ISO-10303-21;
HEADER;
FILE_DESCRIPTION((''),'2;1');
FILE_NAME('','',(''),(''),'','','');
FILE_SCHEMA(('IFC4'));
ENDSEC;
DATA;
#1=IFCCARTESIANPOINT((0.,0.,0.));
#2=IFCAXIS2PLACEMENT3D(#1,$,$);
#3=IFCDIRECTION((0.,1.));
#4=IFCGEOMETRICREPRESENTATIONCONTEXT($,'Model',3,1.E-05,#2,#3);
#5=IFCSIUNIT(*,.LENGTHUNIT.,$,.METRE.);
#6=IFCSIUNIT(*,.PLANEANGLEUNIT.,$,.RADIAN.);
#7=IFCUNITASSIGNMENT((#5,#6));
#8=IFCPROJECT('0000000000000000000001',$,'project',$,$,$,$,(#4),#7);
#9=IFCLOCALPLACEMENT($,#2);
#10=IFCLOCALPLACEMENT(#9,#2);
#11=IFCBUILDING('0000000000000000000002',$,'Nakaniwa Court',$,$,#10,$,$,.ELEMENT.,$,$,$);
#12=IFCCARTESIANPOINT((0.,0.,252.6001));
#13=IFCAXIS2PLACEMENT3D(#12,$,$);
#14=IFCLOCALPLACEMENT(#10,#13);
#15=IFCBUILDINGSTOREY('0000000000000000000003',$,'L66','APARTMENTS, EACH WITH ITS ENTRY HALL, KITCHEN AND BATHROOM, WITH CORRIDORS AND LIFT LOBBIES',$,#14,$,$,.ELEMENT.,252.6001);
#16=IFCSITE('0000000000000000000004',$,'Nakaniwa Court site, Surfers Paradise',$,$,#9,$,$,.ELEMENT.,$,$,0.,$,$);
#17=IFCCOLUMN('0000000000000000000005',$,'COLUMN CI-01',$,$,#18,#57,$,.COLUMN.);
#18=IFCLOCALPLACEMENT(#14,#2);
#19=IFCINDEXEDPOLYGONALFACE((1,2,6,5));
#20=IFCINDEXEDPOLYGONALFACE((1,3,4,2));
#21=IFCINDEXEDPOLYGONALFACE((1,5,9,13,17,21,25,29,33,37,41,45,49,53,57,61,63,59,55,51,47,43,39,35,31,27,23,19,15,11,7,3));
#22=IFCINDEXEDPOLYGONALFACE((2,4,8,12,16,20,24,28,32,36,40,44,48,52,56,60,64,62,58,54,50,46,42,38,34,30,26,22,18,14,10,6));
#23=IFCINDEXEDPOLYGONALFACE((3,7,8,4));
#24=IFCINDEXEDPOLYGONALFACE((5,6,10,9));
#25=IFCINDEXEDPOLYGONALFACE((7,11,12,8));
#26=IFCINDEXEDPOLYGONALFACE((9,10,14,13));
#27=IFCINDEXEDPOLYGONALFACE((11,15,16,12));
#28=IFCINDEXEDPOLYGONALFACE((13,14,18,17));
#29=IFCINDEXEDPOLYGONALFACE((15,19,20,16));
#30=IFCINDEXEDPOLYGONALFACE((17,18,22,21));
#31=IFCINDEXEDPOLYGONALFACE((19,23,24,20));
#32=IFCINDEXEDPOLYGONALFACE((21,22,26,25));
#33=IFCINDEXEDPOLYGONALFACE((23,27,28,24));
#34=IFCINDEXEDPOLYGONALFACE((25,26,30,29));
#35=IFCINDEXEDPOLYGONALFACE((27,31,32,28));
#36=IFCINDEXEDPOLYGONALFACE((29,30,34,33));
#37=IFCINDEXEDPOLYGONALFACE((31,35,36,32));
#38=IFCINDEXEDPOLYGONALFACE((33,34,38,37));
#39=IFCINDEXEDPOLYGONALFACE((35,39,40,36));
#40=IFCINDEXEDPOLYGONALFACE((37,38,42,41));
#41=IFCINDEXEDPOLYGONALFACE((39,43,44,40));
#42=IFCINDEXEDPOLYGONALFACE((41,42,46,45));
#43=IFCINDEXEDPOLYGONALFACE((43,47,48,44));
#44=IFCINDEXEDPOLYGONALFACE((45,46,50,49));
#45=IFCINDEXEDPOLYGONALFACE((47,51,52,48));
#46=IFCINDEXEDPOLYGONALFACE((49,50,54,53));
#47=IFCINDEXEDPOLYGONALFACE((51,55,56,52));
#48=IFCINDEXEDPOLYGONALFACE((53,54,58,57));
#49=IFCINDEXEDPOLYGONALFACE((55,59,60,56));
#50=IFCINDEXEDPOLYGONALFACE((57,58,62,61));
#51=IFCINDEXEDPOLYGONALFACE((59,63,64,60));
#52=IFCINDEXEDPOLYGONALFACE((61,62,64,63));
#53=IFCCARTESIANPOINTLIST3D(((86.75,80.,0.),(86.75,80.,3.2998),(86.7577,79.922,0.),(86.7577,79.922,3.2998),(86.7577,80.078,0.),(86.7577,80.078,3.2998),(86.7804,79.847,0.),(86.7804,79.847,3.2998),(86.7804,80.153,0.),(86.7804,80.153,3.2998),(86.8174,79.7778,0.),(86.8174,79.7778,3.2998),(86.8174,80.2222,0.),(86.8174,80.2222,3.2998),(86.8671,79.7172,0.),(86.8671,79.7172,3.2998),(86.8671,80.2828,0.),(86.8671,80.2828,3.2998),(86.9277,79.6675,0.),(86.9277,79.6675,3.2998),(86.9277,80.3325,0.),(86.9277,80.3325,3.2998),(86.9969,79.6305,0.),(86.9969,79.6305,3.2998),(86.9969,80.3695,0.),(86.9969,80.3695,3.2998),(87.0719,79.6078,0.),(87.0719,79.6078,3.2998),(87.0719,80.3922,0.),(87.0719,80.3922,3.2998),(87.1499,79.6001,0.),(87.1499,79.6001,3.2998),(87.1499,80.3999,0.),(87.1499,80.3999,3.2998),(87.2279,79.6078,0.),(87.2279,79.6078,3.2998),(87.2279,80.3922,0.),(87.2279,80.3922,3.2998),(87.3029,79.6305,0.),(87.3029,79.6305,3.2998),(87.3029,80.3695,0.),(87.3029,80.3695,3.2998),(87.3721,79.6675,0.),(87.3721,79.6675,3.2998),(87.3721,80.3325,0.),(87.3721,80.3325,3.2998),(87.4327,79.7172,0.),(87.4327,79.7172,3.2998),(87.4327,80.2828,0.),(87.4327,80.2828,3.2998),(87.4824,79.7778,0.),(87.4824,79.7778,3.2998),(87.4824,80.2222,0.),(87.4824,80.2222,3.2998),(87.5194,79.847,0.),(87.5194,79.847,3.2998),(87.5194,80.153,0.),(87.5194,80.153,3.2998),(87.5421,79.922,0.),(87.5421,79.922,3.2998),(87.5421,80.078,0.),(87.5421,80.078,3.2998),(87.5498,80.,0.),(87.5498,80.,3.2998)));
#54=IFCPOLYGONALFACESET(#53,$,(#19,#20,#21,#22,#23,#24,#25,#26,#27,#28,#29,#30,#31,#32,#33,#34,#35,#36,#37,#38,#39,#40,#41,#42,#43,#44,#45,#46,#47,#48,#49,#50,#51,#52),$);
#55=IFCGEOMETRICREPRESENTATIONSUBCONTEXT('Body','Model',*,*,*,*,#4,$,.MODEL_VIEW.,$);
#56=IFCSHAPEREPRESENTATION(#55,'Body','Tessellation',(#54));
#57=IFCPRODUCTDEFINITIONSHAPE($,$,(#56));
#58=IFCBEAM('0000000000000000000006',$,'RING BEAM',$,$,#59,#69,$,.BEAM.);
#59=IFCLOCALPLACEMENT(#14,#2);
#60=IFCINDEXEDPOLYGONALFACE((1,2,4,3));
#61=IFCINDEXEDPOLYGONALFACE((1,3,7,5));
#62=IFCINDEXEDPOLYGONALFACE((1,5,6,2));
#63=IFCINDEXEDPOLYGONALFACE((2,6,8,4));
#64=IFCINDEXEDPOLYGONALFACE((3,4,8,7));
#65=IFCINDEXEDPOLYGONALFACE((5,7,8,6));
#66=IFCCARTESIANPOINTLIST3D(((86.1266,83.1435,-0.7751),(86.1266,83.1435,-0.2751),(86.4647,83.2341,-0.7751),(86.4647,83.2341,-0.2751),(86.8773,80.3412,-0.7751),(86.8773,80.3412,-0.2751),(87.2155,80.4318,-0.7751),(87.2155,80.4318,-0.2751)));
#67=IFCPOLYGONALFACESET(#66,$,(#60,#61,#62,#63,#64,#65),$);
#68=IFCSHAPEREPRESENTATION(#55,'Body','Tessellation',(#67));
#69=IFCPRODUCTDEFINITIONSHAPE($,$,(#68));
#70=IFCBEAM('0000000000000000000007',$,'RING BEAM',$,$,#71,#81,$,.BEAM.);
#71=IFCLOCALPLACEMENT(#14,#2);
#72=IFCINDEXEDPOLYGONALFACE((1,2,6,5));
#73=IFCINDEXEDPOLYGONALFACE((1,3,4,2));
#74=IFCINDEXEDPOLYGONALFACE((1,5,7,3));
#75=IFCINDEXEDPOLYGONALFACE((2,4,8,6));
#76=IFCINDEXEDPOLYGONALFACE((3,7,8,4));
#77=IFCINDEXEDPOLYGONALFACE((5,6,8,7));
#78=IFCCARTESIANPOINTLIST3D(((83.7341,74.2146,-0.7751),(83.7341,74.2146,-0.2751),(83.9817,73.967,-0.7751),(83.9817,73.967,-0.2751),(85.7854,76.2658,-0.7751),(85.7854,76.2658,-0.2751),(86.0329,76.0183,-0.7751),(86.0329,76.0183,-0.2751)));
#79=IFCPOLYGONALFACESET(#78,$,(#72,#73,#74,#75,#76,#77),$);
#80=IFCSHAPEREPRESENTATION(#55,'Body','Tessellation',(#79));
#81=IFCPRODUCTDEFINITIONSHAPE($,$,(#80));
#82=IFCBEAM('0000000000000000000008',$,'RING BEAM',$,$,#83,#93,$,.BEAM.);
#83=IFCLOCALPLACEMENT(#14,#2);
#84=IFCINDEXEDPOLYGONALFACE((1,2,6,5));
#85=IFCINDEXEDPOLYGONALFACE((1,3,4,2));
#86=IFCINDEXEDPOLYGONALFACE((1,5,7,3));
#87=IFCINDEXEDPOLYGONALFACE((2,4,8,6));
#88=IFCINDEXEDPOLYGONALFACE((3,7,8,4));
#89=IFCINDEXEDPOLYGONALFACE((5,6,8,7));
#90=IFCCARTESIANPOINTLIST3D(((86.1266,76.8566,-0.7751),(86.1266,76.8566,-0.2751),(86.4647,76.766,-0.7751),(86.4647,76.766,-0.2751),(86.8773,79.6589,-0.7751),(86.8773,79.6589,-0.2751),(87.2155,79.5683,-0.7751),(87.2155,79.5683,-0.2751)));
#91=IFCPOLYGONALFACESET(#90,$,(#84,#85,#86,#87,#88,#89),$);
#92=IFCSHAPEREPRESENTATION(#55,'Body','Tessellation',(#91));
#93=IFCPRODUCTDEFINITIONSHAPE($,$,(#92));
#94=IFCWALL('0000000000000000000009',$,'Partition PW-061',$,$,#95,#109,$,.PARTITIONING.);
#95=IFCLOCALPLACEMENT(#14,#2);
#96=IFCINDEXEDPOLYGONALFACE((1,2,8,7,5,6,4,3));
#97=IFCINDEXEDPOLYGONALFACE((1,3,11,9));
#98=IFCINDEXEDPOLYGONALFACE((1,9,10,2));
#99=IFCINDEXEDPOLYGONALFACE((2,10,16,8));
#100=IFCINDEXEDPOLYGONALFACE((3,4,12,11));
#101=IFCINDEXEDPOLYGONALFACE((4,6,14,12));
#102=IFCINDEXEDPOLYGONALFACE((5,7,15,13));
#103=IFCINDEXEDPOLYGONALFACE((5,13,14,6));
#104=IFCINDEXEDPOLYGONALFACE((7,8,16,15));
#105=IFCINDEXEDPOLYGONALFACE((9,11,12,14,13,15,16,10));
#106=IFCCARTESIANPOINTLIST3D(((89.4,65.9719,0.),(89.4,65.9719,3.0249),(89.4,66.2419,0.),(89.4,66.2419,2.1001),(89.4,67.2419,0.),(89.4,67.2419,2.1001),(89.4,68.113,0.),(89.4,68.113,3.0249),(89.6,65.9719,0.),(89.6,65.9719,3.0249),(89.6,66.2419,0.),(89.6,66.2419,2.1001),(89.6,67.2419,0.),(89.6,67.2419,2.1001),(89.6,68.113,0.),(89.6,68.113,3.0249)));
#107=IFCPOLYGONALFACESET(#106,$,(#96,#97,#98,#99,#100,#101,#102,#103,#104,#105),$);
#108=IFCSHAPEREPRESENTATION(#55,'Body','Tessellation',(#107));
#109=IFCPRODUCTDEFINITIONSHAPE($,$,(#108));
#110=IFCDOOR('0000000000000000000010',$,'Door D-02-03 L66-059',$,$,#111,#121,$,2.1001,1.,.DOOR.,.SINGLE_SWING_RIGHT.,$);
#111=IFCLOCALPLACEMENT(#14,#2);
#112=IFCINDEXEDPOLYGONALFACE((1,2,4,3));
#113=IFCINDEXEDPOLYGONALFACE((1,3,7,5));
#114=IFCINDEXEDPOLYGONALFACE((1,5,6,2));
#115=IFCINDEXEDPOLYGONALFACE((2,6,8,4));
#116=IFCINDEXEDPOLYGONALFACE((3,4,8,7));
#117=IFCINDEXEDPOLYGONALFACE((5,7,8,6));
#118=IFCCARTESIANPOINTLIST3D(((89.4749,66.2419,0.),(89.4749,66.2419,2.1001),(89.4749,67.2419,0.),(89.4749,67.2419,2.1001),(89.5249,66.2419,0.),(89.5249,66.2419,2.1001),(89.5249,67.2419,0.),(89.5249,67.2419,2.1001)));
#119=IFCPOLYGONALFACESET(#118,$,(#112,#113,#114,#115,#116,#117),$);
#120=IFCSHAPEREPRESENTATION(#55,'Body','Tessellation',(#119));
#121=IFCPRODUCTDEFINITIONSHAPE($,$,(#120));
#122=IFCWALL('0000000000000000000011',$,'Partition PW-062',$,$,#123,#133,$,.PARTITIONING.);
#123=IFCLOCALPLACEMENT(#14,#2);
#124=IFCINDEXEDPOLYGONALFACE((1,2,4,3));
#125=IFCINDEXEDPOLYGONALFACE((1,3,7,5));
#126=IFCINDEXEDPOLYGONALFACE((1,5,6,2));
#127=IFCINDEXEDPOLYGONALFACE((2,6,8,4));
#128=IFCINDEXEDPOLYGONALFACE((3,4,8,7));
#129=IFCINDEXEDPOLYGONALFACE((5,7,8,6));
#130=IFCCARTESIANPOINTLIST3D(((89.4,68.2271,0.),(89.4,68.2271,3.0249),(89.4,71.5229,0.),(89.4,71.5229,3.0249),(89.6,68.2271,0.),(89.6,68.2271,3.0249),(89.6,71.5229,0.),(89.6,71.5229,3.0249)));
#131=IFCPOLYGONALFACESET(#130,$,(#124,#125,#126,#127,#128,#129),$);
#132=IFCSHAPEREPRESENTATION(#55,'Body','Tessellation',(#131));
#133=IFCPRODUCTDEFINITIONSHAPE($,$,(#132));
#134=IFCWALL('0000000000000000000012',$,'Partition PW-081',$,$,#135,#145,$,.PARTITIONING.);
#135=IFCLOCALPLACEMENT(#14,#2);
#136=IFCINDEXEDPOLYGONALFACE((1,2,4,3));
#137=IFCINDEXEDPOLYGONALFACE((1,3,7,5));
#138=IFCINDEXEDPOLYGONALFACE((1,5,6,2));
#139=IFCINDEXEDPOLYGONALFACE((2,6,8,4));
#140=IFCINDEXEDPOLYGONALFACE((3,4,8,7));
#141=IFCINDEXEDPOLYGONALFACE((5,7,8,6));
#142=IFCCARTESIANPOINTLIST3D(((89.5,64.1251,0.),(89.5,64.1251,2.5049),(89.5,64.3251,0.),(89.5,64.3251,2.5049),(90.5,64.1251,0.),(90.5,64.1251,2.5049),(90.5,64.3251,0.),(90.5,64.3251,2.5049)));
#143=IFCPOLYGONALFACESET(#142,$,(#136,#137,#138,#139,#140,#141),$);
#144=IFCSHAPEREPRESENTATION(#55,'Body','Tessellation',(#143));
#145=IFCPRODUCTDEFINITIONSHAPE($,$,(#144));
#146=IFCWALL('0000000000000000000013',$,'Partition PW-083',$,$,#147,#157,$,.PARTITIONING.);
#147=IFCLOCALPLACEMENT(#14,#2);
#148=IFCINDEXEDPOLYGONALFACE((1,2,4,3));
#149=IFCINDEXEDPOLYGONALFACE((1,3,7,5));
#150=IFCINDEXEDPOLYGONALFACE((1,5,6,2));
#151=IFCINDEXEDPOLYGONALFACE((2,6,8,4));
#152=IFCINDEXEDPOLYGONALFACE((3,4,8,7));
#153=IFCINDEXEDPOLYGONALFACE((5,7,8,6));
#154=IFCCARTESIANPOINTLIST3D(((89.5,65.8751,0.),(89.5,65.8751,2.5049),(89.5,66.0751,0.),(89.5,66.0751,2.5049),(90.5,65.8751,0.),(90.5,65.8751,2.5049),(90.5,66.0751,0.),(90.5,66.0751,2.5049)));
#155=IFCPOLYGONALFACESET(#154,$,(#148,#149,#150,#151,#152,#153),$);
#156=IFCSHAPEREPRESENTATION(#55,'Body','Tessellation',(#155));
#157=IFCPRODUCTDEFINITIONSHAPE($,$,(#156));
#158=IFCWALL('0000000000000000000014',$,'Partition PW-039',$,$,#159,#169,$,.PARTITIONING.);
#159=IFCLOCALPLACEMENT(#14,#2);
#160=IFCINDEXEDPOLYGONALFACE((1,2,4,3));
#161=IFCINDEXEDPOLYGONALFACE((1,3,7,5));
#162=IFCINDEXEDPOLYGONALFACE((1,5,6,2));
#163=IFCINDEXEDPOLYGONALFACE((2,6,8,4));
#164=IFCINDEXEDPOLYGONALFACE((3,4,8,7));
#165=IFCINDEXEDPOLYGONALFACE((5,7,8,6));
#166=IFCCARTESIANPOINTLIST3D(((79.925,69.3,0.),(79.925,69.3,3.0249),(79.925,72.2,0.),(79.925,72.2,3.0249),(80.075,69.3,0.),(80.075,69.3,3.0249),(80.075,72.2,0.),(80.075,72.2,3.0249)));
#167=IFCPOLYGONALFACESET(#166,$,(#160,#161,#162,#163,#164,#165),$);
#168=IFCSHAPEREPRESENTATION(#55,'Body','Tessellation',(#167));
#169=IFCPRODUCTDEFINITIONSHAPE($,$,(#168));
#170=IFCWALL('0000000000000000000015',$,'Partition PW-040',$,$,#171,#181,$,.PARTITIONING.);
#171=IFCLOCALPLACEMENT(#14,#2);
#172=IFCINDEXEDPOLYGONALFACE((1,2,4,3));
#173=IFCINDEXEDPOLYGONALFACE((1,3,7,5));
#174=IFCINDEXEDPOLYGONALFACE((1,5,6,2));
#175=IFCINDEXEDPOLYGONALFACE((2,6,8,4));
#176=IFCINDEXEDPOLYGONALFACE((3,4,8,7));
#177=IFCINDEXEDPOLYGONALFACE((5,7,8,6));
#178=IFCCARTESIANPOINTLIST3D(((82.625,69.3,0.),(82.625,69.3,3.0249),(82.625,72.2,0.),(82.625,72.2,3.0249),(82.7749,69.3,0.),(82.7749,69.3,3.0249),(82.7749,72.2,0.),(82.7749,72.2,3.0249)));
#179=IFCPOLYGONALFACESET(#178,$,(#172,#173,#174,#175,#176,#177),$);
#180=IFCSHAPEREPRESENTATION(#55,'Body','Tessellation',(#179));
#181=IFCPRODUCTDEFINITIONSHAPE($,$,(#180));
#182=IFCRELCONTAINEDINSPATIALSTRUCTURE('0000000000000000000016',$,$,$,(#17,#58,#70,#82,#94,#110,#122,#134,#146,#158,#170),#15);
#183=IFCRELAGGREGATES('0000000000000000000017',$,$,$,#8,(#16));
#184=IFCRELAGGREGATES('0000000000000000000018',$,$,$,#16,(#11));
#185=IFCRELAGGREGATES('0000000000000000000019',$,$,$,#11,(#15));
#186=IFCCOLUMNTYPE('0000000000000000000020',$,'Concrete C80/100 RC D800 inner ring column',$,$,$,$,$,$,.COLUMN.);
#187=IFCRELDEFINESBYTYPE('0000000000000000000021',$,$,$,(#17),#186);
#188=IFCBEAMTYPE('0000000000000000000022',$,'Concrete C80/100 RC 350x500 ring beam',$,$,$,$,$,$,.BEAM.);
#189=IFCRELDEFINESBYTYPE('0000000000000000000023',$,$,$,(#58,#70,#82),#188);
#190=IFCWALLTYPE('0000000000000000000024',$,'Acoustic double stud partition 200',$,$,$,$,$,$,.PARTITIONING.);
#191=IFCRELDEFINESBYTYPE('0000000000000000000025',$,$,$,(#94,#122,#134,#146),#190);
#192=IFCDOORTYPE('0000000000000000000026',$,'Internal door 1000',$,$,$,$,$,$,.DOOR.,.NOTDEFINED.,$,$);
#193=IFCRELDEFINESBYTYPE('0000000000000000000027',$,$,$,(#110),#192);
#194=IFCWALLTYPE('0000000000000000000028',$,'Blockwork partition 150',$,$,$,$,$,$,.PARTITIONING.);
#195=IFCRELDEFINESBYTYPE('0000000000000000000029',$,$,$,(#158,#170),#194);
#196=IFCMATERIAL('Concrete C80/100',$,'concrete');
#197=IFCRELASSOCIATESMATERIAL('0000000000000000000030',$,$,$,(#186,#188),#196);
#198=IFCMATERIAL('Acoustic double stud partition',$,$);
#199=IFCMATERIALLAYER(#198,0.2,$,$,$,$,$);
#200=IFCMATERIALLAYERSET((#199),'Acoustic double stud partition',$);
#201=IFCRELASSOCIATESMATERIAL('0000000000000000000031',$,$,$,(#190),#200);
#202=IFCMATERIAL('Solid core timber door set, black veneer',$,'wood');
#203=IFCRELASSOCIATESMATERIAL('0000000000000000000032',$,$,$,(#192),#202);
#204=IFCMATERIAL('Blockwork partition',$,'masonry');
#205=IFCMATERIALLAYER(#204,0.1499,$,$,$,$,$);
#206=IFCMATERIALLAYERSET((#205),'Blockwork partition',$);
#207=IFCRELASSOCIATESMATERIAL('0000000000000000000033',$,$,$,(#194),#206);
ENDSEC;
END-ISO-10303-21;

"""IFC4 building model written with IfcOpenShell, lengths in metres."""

from ifc_helpers import new_model, si_unit, direction, frame, frame_2d, origin, origin_2d, place, context, subcontext, project, spatial, rectangle, circle, extrude, material, layer, layer_set, material_profile, profile_set, type_object, element, fill, save


model = new_model("IFC4")

# Units and contexts
model_context = context("Model", 3, precision=1e-05, world=origin(), true_north=direction((0.0, 1.0)))
body_context = subcontext(model_context, "Body", "Model", "MODEL_VIEW")
ifc_project = project(units=[si_unit("LENGTHUNIT", "METRE"), si_unit("PLANEANGLEUNIT", "RADIAN")], contexts=[model_context])

# Site, building, storey
site_placement = place(None, origin())
site = spatial("IfcSite", under=ifc_project, at=site_placement, Name="Nakaniwa Court site, Surfers Paradise", CompositionType="ELEMENT", RefElevation=0.0)
building_placement = place(site_placement, origin())
building = spatial("IfcBuilding", under=site, at=building_placement, Name="Nakaniwa Court", CompositionType="ELEMENT")
storey_placement = place(building_placement, frame((0.0, 0.0, 252.6001)))
storey = spatial("IfcBuildingStorey", under=building, at=storey_placement, Name="L66", Description="APARTMENTS, EACH WITH ITS ENTRY HALL, KITCHEN AND BATHROOM, WITH CORRIDORS AND LIFT LOBBIES", CompositionType="ELEMENT", Elevation=252.6001)

# Column
ifc_material_1 = material(Name="Concrete C80/100", Category="concrete")
ifc_material_profile_1 = material_profile(ifc_material_1, circle(Radius=0.3999, at=origin_2d()), Name="Concrete C80/100 RC D800 inner ring column")
ifc_profile_set_1 = profile_set([ifc_material_profile_1], Name="Concrete C80/100")
column_type = type_object("IfcColumnType", Name="Concrete C80/100 RC D800 inner ring column", PredefinedType="COLUMN", material=ifc_profile_set_1)
for number, where, z_axis, x_axis, name in (
    (1, (87.1499, 80.0, 0.0), (0.0, 0.0, 1.0), (0.0, 1.0, 0.0), "COLUMN CI-01"),
):
    element("IfcColumn", number, at=place(storey_placement, frame(where, z_axis=z_axis, x_axis=x_axis)), inside=storey, type_object=column_type, Name=name, PredefinedType="COLUMN", context=body_context, shape_type="SweptSolid", body=[
        extrude(circle(Radius=0.3999, at=origin_2d()), origin(), (0.0, 0.0, 1.0), 3.2998),
    ])

# Beams
ifc_material_profile_2 = material_profile(ifc_material_1, rectangle(XDim=0.3501, YDim=0.5, at=origin_2d()), Name="Concrete C80/100 RC 350x500 ring beam")
ifc_profile_set_2 = profile_set([ifc_material_profile_2], Name="Concrete C80/100")
beam_type = type_object("IfcBeamType", Name="Concrete C80/100 RC 350x500 ring beam", PredefinedType="BEAM", material=ifc_profile_set_2)
beam_1_placement = place(storey_placement, frame((87.0464, 80.3865, -0.5251), z_axis=(-0.258778, 0.965937, 0.0), x_axis=(-0.965937, -0.258778, 0.0)))
element("IfcBeam", 2, at=beam_1_placement, inside=storey, type_object=beam_type, Name="RING BEAM", PredefinedType="BEAM", context=body_context, shape_type="SweptSolid", body=[
    extrude(rectangle(XDim=0.3501, YDim=0.5, at=origin_2d()), origin(), (0.0, 0.0, 1.0), 2.9011),
])
beam_2_placement = place(storey_placement, frame((83.8579, 74.0908, -0.5251), z_axis=(0.707107, 0.707107, 0.0), x_axis=(-0.707107, 0.707107, 0.0)))
element("IfcBeam", 3, at=beam_2_placement, inside=storey, type_object=beam_type, Name="RING BEAM", PredefinedType="BEAM", context=body_context, shape_type="SweptSolid", body=[
    extrude(rectangle(XDim=0.3501, YDim=0.5, at=origin_2d()), origin(), (0.0, 0.0, 1.0), 2.9009),
])
beam_3_placement = place(storey_placement, frame((86.2957, 76.8113, -0.5251), z_axis=(0.258778, 0.965937, 0.0), x_axis=(-0.965937, 0.258778, 0.0)))
element("IfcBeam", 4, at=beam_3_placement, inside=storey, type_object=beam_type, Name="RING BEAM", PredefinedType="BEAM", context=body_context, shape_type="SweptSolid", body=[
    extrude(rectangle(XDim=0.3501, YDim=0.5, at=origin_2d()), origin(), (0.0, 0.0, 1.0), 2.9011),
])

# Wall, opening, door
ifc_material_2 = material(Name="Acoustic double stud partition")
ifc_layer_1 = layer(ifc_material_2, 0.2)
ifc_layer_set_1 = layer_set([ifc_layer_1], Name="Acoustic double stud partition")
wall_type_1 = type_object("IfcWallType", Name="Acoustic double stud partition 200", PredefinedType="PARTITIONING", material=ifc_layer_set_1)
wall_1_placement = place(storey_placement, frame((89.5, 68.113, 0.0), z_axis=(0.0, 0.0, 1.0), x_axis=(0.0, -1.0, 0.0)))
wall_1 = element("IfcWall", 5, at=wall_1_placement, inside=storey, type_object=wall_type_1, Name="Partition PW-061", PredefinedType="PARTITIONING", context=body_context, shape_type="SweptSolid", body=[
    extrude(rectangle(XDim=2.1411, YDim=0.2, at=frame_2d((1.0706, 0.0))), origin(), (0.0, 0.0, 1.0), 3.0249),
])
opening_1_placement = place(wall_1_placement, frame((0.8711, 0.0, 0.0)))
opening_1 = element("IfcOpeningElement", 6, at=opening_1_placement, cuts=wall_1, PredefinedType="OPENING", context=body_context, shape_type="SweptSolid", body=[
    extrude(rectangle(XDim=1.0, YDim=2.1001, at=frame_2d((0.5, 1.05))), frame((0.0, 0.1099, 0.0), z_axis=(0.0, -1.0, 0.0), x_axis=(1.0, 0.0, 0.0)), (0.0, 0.0, 1.0), 0.22),
])
ifc_material_3 = material(Name="Solid core timber door set, black veneer", Category="wood")
door_type_1 = type_object("IfcDoorType", Name="Internal door 1000", OperationType="NOTDEFINED", PredefinedType="DOOR", material=ifc_material_3)
door_1_placement = place(opening_1_placement, origin())
door_1 = element("IfcDoor", 7, at=door_1_placement, inside=storey, type_object=door_type_1, Name="Door D-02-03 L66-059", OperationType="SINGLE_SWING_RIGHT", OverallHeight=2.1001, OverallWidth=1.0, PredefinedType="DOOR", context=body_context, shape_type="SweptSolid", body=[
    extrude(rectangle(XDim=1.0, YDim=2.1001, at=frame_2d((0.5, 1.05))), frame((0.0, 0.0249, 0.0), z_axis=(0.0, -1.0, 0.0), x_axis=(1.0, 0.0, 0.0)), (0.0, 0.0, 1.0), 0.05),
])
fill(opening_1, door_1)

# Walls
wall_2_placement = place(storey_placement, frame((89.5, 68.2271, 0.0), z_axis=(0.0, 0.0, 1.0), x_axis=(0.0, 1.0, 0.0)))
element("IfcWall", 8, at=wall_2_placement, inside=storey, type_object=wall_type_1, Name="Partition PW-062", PredefinedType="PARTITIONING", context=body_context, shape_type="SweptSolid", body=[
    extrude(rectangle(XDim=3.2959, YDim=0.2, at=frame_2d((1.6479, 0.0))), origin(), (0.0, 0.0, 1.0), 3.0249),
])
for number, where, z_axis, x_axis, name in (
    (9, (89.5, 64.2251, 0.0), (0.0, 0.0, 1.0), (1.0, 0.0, 0.0), "Partition PW-081"),
    (10, (89.5, 65.9751, 0.0), (0.0, 0.0, 1.0), (1.0, 0.0, 0.0), "Partition PW-083"),
):
    element("IfcWall", number, at=place(storey_placement, frame(where, z_axis=z_axis, x_axis=x_axis)), inside=storey, type_object=wall_type_1, Name=name, PredefinedType="PARTITIONING", context=body_context, shape_type="SweptSolid", body=[
        extrude(rectangle(XDim=1.0, YDim=0.2, at=frame_2d((0.5, 0.0))), origin(), (0.0, 0.0, 1.0), 2.5049),
    ])
ifc_material_4 = material(Name="Blockwork partition", Category="masonry")
ifc_layer_2 = layer(ifc_material_4, 0.1499)
ifc_layer_set_2 = layer_set([ifc_layer_2], Name="Blockwork partition")
wall_type_2 = type_object("IfcWallType", Name="Blockwork partition 150", PredefinedType="PARTITIONING", material=ifc_layer_set_2)
for number, where, z_axis, x_axis, name in (
    (11, (80.0, 69.3, 0.0), (0.0, 0.0, 1.0), (0.0, 1.0, 0.0), "Partition PW-039"),
    (12, (82.7, 69.3, 0.0), (0.0, 0.0, 1.0), (0.0, 1.0, 0.0), "Partition PW-040"),
):
    element("IfcWall", number, at=place(storey_placement, frame(where, z_axis=z_axis, x_axis=x_axis)), inside=storey, type_object=wall_type_2, Name=name, PredefinedType="PARTITIONING", context=body_context, shape_type="SweptSolid", body=[
        extrude(rectangle(XDim=2.8999, YDim=0.1499, at=frame_2d((1.45, 0.0))), origin(), (0.0, 0.0, 1.0), 3.0249),
    ])

save(model, "model.ifc")
